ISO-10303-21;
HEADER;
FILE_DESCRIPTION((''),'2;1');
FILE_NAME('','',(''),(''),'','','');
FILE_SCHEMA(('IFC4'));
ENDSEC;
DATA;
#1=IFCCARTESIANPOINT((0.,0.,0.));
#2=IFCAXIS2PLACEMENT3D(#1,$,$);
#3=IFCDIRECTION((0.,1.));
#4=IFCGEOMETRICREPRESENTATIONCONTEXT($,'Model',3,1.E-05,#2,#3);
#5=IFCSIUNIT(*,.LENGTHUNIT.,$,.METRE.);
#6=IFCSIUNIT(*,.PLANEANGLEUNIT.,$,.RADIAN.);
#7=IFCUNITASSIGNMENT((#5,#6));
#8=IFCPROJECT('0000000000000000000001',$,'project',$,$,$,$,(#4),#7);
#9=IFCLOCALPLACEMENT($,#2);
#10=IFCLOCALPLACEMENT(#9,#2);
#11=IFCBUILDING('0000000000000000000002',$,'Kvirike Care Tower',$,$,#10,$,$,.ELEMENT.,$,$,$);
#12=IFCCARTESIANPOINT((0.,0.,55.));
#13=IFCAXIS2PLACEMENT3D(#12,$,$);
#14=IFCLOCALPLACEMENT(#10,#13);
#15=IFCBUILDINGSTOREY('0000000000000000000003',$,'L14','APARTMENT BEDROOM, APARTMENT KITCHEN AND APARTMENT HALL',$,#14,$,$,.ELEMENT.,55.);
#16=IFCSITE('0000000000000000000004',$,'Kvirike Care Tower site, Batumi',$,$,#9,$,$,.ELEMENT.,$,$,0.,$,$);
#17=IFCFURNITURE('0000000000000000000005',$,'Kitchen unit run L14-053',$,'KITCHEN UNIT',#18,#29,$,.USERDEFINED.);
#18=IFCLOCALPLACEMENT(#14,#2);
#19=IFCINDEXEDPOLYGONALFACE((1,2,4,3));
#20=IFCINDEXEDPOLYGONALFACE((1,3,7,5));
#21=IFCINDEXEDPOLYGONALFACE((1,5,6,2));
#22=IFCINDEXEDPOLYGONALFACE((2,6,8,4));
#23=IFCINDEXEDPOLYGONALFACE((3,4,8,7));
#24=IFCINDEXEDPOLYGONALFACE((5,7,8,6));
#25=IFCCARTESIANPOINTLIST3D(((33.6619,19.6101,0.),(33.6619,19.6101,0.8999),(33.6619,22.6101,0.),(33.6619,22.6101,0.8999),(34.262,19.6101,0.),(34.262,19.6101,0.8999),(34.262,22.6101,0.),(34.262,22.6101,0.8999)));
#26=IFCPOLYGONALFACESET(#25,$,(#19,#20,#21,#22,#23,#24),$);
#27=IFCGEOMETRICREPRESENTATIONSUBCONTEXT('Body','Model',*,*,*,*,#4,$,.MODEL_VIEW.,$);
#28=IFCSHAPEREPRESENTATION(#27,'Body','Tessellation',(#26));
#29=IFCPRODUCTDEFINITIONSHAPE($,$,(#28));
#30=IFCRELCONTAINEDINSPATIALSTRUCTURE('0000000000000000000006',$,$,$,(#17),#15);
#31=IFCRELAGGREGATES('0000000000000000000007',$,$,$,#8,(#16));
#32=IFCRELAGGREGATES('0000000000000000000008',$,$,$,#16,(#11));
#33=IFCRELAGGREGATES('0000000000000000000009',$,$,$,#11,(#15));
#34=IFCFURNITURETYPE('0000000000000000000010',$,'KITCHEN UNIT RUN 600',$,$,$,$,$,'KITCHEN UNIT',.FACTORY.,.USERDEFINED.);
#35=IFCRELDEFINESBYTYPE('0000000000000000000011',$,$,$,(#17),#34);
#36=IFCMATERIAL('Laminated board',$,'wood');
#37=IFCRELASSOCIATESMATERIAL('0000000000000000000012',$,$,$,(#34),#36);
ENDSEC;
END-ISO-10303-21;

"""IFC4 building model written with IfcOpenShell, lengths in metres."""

from ifc_helpers import new_model, si_unit, direction, frame, origin, origin_2d, place, context, subcontext, project, spatial, rectangle, extrude, material, type_object, element, save


model = new_model("IFC4")

# Units and contexts
model_context = context("Model", 3, precision=1e-05, world=origin(), true_north=direction((0.0, 1.0)))
body_context = subcontext(model_context, "Body", "Model", "MODEL_VIEW")
ifc_project = project(units=[si_unit("LENGTHUNIT", "METRE"), si_unit("PLANEANGLEUNIT", "RADIAN")], contexts=[model_context])

# Site, building, storey
site_placement = place(None, origin())
site = spatial("IfcSite", under=ifc_project, at=site_placement, Name="Kvirike Care Tower site, Batumi", CompositionType="ELEMENT", RefElevation=0.0)
building_placement = place(site_placement, origin())
building = spatial("IfcBuilding", under=site, at=building_placement, Name="Kvirike Care Tower", CompositionType="ELEMENT")
storey_placement = place(building_placement, frame((0.0, 0.0, 55.0)))
storey = spatial("IfcBuildingStorey", under=building, at=storey_placement, Name="L14", Description="APARTMENT BEDROOM, APARTMENT KITCHEN AND APARTMENT HALL", CompositionType="ELEMENT", Elevation=55.0)

# Furniture
ifc_material_1 = material(Name="Laminated board", Category="wood")
furniture_type_1 = type_object("IfcFurnitureType", Name="KITCHEN UNIT RUN 600", ElementType="KITCHEN UNIT", AssemblyPlace="FACTORY", PredefinedType="USERDEFINED", material=ifc_material_1)
furniture_1_placement = place(storey_placement, frame((33.9619, 21.1101, 0.0), z_axis=(0.0, 0.0, 1.0), x_axis=(0.0, 1.0, 0.0)))
element("IfcFurniture", 1, at=furniture_1_placement, inside=storey, type_object=furniture_type_1, Name="Kitchen unit run L14-053", ObjectType="KITCHEN UNIT", PredefinedType="USERDEFINED", context=body_context, shape_type="SweptSolid", body=[
    extrude(rectangle(XDim=3.0, YDim=0.6001, at=origin_2d()), origin(), (0.0, 0.0, 1.0), 0.8999),
])

save(model, "model.ifc")
